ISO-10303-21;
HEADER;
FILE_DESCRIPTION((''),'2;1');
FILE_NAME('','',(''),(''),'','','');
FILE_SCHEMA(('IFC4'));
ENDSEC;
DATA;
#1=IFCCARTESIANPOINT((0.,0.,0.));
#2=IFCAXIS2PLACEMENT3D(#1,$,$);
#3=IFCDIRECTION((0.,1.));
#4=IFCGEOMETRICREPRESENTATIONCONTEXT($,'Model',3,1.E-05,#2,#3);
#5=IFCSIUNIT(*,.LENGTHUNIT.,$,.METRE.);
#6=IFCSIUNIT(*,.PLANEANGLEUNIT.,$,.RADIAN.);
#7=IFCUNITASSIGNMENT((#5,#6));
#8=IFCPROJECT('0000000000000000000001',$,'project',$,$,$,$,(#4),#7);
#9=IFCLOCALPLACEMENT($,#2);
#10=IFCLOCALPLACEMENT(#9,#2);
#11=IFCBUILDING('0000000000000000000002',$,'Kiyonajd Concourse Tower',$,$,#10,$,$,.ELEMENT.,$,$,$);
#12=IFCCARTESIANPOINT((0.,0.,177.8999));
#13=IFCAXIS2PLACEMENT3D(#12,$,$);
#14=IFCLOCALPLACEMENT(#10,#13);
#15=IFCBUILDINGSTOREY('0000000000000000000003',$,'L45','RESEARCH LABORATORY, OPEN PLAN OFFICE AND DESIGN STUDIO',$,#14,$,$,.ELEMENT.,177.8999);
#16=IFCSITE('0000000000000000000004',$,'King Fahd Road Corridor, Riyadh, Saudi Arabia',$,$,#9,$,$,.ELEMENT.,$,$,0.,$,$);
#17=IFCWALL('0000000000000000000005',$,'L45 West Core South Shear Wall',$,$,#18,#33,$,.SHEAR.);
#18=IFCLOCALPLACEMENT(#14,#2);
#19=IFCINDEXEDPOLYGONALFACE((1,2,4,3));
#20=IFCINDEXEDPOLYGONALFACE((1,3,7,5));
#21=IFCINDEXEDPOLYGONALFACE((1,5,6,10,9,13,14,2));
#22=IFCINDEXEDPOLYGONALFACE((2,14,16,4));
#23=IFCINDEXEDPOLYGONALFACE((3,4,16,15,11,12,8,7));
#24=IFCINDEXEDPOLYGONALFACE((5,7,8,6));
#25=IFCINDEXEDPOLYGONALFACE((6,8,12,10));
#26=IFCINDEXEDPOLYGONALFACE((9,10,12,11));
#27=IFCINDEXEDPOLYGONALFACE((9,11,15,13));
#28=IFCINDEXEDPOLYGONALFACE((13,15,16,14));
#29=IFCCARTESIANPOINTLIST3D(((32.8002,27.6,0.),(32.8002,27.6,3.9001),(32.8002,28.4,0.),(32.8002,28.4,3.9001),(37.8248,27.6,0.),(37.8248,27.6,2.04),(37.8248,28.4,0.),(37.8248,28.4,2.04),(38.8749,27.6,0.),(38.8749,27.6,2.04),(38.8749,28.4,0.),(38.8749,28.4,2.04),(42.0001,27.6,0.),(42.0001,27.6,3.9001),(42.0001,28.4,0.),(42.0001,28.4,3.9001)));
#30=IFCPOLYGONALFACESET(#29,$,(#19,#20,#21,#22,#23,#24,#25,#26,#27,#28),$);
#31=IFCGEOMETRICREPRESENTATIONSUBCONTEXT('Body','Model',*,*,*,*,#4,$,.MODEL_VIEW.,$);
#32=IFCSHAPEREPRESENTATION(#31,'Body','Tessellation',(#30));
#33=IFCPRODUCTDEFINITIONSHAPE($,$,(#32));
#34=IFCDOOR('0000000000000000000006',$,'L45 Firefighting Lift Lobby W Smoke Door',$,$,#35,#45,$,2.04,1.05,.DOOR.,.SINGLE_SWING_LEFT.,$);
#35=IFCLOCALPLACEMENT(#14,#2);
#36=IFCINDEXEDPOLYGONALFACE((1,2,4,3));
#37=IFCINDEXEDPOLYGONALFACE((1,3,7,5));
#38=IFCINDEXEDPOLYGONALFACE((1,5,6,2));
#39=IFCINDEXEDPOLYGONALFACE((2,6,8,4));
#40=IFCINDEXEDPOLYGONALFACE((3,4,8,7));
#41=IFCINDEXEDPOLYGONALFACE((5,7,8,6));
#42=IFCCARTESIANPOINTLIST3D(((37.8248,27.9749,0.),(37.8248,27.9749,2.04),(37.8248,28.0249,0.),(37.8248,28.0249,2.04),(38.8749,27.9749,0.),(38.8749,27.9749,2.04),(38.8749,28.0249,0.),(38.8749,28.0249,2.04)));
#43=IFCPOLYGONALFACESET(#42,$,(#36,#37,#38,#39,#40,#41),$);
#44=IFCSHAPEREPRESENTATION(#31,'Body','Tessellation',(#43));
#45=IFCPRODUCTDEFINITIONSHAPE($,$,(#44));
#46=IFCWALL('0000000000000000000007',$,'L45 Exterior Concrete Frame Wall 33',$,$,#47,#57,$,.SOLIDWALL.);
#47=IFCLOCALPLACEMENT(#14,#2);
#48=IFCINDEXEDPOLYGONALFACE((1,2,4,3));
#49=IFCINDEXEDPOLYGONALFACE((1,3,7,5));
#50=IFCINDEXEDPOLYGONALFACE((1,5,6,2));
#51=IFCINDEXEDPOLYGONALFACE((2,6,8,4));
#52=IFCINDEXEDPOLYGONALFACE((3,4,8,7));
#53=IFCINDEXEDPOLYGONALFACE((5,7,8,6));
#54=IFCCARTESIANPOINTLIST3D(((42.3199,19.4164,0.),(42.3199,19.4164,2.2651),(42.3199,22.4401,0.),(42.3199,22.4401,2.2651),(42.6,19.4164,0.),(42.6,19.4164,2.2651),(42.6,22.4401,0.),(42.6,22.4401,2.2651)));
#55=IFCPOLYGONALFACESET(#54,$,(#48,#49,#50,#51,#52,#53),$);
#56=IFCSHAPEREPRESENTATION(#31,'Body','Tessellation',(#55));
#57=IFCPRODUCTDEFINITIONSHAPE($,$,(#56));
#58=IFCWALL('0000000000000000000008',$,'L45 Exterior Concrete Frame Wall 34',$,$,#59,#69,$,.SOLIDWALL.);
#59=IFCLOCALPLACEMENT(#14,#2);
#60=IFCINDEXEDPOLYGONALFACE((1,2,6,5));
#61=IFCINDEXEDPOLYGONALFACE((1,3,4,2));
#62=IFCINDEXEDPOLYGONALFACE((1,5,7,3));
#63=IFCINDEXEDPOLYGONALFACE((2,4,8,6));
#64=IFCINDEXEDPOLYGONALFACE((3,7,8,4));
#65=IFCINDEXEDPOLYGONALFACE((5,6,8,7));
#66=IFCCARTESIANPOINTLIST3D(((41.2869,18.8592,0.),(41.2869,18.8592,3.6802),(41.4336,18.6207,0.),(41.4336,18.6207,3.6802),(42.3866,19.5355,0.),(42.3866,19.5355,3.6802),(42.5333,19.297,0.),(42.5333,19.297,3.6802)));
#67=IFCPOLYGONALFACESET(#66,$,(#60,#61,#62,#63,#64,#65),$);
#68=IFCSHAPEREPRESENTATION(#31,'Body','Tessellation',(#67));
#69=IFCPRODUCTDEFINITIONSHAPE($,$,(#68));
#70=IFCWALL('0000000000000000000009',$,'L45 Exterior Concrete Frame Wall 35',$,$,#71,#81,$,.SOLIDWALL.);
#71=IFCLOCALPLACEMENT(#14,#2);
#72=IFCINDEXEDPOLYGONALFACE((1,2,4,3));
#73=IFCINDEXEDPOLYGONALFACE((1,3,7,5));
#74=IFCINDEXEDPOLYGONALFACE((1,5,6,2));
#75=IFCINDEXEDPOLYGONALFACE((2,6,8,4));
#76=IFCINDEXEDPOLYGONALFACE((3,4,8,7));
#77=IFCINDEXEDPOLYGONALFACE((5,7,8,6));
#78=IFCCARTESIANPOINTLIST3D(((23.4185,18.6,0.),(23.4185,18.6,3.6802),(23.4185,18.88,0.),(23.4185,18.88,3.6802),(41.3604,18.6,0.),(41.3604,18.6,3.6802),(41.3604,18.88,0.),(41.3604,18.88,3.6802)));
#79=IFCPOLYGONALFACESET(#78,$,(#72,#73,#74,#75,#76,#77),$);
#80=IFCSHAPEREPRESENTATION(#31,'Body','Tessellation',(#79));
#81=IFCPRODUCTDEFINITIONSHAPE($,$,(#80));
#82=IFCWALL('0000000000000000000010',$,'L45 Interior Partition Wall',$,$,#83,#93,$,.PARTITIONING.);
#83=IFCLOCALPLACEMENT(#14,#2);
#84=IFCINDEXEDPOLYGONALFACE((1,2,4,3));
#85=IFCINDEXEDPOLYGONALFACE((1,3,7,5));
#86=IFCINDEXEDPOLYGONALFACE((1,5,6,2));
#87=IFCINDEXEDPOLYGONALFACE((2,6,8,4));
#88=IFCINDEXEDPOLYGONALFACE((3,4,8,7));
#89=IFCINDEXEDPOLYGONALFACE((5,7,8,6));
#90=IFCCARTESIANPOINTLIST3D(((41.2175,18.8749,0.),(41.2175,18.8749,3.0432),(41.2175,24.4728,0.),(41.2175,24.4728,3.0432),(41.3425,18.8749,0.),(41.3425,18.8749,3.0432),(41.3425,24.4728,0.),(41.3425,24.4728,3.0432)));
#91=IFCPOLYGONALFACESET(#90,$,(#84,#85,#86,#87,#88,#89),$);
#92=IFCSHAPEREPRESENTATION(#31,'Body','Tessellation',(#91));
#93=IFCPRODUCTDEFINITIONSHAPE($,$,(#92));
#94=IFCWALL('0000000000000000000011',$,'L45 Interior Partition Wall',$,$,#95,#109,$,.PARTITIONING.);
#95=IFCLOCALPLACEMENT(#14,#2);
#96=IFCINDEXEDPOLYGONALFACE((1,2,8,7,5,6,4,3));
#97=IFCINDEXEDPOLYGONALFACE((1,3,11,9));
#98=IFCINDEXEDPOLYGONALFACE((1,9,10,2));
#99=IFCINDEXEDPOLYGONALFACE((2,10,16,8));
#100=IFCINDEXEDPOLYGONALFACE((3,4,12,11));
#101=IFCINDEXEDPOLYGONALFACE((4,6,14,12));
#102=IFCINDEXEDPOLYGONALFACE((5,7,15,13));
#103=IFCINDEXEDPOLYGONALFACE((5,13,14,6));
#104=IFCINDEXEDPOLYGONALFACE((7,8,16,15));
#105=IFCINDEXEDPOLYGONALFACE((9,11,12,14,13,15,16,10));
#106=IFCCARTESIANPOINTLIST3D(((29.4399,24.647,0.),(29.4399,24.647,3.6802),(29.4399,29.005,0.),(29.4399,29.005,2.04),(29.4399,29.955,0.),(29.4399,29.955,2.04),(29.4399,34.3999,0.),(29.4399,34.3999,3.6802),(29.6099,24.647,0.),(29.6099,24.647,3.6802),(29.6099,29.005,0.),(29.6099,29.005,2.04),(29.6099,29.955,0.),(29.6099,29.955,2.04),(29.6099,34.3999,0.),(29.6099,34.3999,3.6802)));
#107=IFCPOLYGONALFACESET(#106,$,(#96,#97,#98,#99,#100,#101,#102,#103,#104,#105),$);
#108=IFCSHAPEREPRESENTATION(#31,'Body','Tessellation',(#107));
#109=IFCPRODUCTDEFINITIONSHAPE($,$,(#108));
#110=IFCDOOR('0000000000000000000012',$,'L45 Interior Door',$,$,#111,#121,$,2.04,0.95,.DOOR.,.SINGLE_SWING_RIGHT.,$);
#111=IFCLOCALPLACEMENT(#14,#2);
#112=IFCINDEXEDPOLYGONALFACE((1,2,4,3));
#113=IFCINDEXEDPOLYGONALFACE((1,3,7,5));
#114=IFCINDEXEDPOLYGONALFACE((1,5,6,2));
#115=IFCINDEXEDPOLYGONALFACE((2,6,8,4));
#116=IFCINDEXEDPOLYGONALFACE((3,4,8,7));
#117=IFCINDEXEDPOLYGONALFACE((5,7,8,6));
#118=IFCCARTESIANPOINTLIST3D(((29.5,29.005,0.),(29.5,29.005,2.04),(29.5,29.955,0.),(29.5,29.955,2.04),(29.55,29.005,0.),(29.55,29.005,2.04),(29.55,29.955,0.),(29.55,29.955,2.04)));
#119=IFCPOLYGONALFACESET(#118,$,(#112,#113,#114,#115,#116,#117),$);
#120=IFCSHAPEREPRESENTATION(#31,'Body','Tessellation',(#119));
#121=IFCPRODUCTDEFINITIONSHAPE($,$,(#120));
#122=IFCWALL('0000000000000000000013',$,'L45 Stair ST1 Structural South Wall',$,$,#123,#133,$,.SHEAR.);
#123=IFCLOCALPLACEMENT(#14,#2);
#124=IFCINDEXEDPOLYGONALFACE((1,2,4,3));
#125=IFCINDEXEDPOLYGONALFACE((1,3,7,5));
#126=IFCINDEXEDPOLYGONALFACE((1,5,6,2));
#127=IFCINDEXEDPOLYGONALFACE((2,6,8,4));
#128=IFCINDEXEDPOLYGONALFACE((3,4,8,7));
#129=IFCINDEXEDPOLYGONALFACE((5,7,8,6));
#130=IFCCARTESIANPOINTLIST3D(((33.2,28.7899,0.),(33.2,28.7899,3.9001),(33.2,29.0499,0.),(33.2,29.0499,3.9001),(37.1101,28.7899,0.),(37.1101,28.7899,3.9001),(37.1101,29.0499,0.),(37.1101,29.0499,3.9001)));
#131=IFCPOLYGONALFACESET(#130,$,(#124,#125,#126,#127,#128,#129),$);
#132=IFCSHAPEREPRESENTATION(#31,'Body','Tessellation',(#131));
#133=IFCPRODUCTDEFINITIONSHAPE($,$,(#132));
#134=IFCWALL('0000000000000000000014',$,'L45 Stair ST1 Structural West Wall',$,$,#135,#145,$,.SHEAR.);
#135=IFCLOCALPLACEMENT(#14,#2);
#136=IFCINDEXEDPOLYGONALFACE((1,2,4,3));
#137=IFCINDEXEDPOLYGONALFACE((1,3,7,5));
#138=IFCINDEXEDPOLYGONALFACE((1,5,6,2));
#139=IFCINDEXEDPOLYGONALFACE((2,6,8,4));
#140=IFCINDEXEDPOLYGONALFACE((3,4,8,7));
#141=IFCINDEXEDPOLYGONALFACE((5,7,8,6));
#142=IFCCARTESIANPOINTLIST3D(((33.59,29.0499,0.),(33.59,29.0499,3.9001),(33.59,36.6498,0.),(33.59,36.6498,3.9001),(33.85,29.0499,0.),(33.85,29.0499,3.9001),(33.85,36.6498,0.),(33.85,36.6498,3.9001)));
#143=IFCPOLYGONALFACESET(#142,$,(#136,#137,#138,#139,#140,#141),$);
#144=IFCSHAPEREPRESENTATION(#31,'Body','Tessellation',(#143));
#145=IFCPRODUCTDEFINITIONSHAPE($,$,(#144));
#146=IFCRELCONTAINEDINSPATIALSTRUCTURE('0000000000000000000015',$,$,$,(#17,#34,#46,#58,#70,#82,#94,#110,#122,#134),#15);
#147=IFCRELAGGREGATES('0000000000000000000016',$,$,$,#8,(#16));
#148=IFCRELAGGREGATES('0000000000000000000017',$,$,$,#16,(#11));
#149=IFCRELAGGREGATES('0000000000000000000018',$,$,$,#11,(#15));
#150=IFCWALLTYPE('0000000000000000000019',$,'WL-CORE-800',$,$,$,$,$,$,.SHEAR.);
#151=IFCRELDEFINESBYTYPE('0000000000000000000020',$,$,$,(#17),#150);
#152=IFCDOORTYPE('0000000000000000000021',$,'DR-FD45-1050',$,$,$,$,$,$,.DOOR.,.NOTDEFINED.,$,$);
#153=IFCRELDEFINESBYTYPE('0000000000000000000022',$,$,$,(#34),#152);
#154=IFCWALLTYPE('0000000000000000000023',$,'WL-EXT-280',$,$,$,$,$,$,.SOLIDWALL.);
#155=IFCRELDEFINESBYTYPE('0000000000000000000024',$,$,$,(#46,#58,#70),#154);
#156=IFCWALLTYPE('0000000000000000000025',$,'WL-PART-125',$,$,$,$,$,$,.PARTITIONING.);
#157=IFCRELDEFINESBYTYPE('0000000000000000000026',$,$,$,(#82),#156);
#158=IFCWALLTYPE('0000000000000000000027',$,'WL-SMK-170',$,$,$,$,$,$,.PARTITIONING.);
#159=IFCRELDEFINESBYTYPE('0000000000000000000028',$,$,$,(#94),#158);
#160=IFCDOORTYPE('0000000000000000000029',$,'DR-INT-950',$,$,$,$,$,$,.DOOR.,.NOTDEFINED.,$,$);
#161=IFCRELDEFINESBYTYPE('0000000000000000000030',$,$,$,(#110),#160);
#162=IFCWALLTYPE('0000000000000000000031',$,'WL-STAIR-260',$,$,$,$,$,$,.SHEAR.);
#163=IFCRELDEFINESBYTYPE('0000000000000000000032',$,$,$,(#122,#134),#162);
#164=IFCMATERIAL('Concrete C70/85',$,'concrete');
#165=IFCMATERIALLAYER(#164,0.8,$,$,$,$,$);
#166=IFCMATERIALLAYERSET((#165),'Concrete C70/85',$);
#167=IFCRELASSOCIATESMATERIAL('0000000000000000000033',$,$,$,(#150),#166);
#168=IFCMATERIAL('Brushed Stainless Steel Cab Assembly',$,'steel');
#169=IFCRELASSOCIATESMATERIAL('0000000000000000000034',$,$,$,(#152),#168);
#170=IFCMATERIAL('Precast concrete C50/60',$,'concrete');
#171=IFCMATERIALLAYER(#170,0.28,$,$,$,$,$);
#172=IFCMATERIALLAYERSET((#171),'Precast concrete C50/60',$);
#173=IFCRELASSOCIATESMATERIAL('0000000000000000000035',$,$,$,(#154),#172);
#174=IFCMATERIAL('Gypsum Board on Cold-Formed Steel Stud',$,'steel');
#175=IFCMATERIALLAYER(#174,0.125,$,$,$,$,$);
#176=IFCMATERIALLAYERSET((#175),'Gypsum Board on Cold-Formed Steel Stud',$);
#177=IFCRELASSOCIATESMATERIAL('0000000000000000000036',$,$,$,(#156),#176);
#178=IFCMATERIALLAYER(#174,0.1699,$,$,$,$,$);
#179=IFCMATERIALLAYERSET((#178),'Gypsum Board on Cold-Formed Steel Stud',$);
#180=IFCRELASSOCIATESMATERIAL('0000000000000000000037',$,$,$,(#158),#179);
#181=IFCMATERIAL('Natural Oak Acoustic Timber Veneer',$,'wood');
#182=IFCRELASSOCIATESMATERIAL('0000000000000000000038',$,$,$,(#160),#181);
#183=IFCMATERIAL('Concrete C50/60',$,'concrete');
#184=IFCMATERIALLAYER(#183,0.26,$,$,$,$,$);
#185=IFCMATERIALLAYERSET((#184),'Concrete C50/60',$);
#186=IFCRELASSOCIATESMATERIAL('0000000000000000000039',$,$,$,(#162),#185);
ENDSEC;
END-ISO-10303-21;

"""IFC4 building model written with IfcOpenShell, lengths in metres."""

from ifc_helpers import new_model, si_unit, direction, frame, frame_2d, origin, place, context, subcontext, project, spatial, rectangle, extrude, material, layer, layer_set, type_object, element, fill, save


model = new_model("IFC4")

# Units and contexts
model_context = context("Model", 3, precision=1e-05, world=origin(), true_north=direction((0.0, 1.0)))
body_context = subcontext(model_context, "Body", "Model", "MODEL_VIEW")
ifc_project = project(units=[si_unit("LENGTHUNIT", "METRE"), si_unit("PLANEANGLEUNIT", "RADIAN")], contexts=[model_context])

# Site, building, storey
site_placement = place(None, origin())
site = spatial("IfcSite", under=ifc_project, at=site_placement, Name="King Fahd Road Corridor, Riyadh, Saudi Arabia", CompositionType="ELEMENT", RefElevation=0.0)
building_placement = place(site_placement, origin())
building = spatial("IfcBuilding", under=site, at=building_placement, Name="Kiyonajd Concourse Tower", CompositionType="ELEMENT")
storey_placement = place(building_placement, frame((0.0, 0.0, 177.8999)))
storey = spatial("IfcBuildingStorey", under=building, at=storey_placement, Name="L45", Description="RESEARCH LABORATORY, OPEN PLAN OFFICE AND DESIGN STUDIO", CompositionType="ELEMENT", Elevation=177.8999)

# Shared definitions
ifc_material_1 = material(Name="Concrete C70/85", Category="concrete")

# Shared definitions
ifc_layer_1 = layer(ifc_material_1, 0.8)
ifc_layer_set_1 = layer_set([ifc_layer_1], Name="Concrete C70/85")
wall_type_1 = type_object("IfcWallType", Name="WL-CORE-800", PredefinedType="SHEAR", material=ifc_layer_set_1)

# Wall, opening, door
wall_1_placement = place(storey_placement, frame((32.8, 28.0, 0.0), z_axis=(0.0, 0.0, 1.0), x_axis=(1.0, 0.0, 0.0)))
wall_1 = element("IfcWall", 1, at=wall_1_placement, inside=storey, type_object=wall_type_1, Name="L45 West Core South Shear Wall", PredefinedType="SHEAR", context=body_context, shape_type="SweptSolid", body=[
    extrude(rectangle(XDim=9.2, YDim=0.8, at=frame_2d((4.6001, 0.0))), origin(), (0.0, 0.0, 1.0), 3.9001),
])
opening_1_placement = place(wall_1_placement, frame((5.0249, 0.0, 0.0)))
opening_1 = element("IfcOpeningElement", 2, at=opening_1_placement, cuts=wall_1, PredefinedType="OPENING", context=body_context, shape_type="SweptSolid", body=[
    extrude(rectangle(XDim=1.05, YDim=2.04, at=frame_2d((0.5249, 1.02))), frame((0.0, 0.4099, 0.0), z_axis=(0.0, -1.0, 0.0), x_axis=(1.0, 0.0, 0.0)), (0.0, 0.0, 1.0), 0.8201),
])
ifc_material_2 = material(Name="Brushed Stainless Steel Cab Assembly", Category="steel")
door_type_1 = type_object("IfcDoorType", Name="DR-FD45-1050", OperationType="NOTDEFINED", PredefinedType="DOOR", material=ifc_material_2)
door_1_placement = place(opening_1_placement, origin())
door_1 = element("IfcDoor", 3, at=door_1_placement, inside=storey, type_object=door_type_1, Name="L45 Firefighting Lift Lobby W Smoke Door", OperationType="SINGLE_SWING_LEFT", OverallHeight=2.04, OverallWidth=1.05, PredefinedType="DOOR", context=body_context, shape_type="SweptSolid", body=[
    extrude(rectangle(XDim=1.05, YDim=2.04, at=frame_2d((0.5249, 1.02))), frame((0.0, 0.0249, 0.0), z_axis=(0.0, -1.0, 0.0), x_axis=(1.0, 0.0, 0.0)), (0.0, 0.0, 1.0), 0.05),
])
fill(opening_1, door_1)

# Walls
ifc_material_3 = material(Name="Precast concrete C50/60", Category="concrete")
ifc_layer_2 = layer(ifc_material_3, 0.28)
ifc_layer_set_2 = layer_set([ifc_layer_2], Name="Precast concrete C50/60")
wall_type_2 = type_object("IfcWallType", Name="WL-EXT-280", PredefinedType="SOLIDWALL", material=ifc_layer_set_2)
wall_2_placement = place(storey_placement, frame((42.46, 22.4399, 0.0), z_axis=(0.0, 0.0, 1.0), x_axis=(0.0, -1.0, 0.0)))
element("IfcWall", 4, at=wall_2_placement, inside=storey, type_object=wall_type_2, Name="L45 Exterior Concrete Frame Wall 33", PredefinedType="SOLIDWALL", context=body_context, shape_type="SweptSolid", body=[
    extrude(rectangle(XDim=3.0237, YDim=0.28, at=frame_2d((1.5117, 0.0))), origin(), (0.0, 0.0, 1.0), 2.2651),
])
wall_3_placement = place(storey_placement, frame((42.46, 19.4163, 0.0), z_axis=(0.0, 0.0, 1.0), x_axis=(-0.851801, -0.523865, 0.0)))
element("IfcWall", 5, at=wall_3_placement, inside=storey, type_object=wall_type_2, Name="L45 Exterior Concrete Frame Wall 34", PredefinedType="SOLIDWALL", context=body_context, shape_type="SweptSolid", body=[
    extrude(rectangle(XDim=1.291, YDim=0.28, at=frame_2d((0.6455, 0.0))), origin(), (0.0, 0.0, 1.0), 3.6802),
])
wall_4_placement = place(storey_placement, frame((41.3604, 18.74, 0.0), z_axis=(0.0, 0.0, 1.0), x_axis=(-1.0, 0.0, 0.0)))
element("IfcWall", 6, at=wall_4_placement, inside=storey, type_object=wall_type_2, Name="L45 Exterior Concrete Frame Wall 35", PredefinedType="SOLIDWALL", context=body_context, shape_type="SweptSolid", body=[
    extrude(rectangle(XDim=17.9419, YDim=0.28, at=frame_2d((8.9709, 0.0))), origin(), (0.0, 0.0, 1.0), 3.6802),
])
ifc_material_4 = material(Name="Gypsum Board on Cold-Formed Steel Stud", Category="steel")
ifc_layer_3 = layer(ifc_material_4, 0.125)
ifc_layer_set_3 = layer_set([ifc_layer_3], Name="Gypsum Board on Cold-Formed Steel Stud")
wall_type_3 = type_object("IfcWallType", Name="WL-PART-125", PredefinedType="PARTITIONING", material=ifc_layer_set_3)
wall_5_placement = place(storey_placement, frame((41.28, 18.875, 0.0), z_axis=(0.0, 0.0, 1.0), x_axis=(0.0, 1.0, 0.0)))
element("IfcWall", 7, at=wall_5_placement, inside=storey, type_object=wall_type_3, Name="L45 Interior Partition Wall", PredefinedType="PARTITIONING", context=body_context, shape_type="SweptSolid", body=[
    extrude(rectangle(XDim=5.5979, YDim=0.125, at=frame_2d((2.7988, 0.0))), origin(), (0.0, 0.0, 1.0), 3.0432),
])

# Wall, opening, door
ifc_layer_4 = layer(ifc_material_4, 0.1699)
ifc_layer_set_4 = layer_set([ifc_layer_4], Name="Gypsum Board on Cold-Formed Steel Stud")
wall_type_4 = type_object("IfcWallType", Name="WL-SMK-170", PredefinedType="PARTITIONING", material=ifc_layer_set_4)
wall_6_placement = place(storey_placement, frame((29.5249, 24.647, 0.0), z_axis=(0.0, 0.0, 1.0), x_axis=(0.0, 1.0, 0.0)))
wall_6 = element("IfcWall", 8, at=wall_6_placement, inside=storey, type_object=wall_type_4, Name="L45 Interior Partition Wall", PredefinedType="PARTITIONING", context=body_context, shape_type="SweptSolid", body=[
    extrude(rectangle(XDim=9.7529, YDim=0.1699, at=frame_2d((4.8765, 0.0))), origin(), (0.0, 0.0, 1.0), 3.6802),
])
opening_2_placement = place(wall_6_placement, frame((4.3579, 0.0, 0.0)))
opening_2 = element("IfcOpeningElement", 9, at=opening_2_placement, cuts=wall_6, PredefinedType="OPENING", context=body_context, shape_type="SweptSolid", body=[
    extrude(rectangle(XDim=0.95, YDim=2.04, at=frame_2d((0.4751, 1.02))), frame((0.0, 0.095, 0.0), z_axis=(0.0, -1.0, 0.0), x_axis=(1.0, 0.0, 0.0)), (0.0, 0.0, 1.0), 0.1899),
])
ifc_material_5 = material(Name="Natural Oak Acoustic Timber Veneer", Category="wood")
door_type_2 = type_object("IfcDoorType", Name="DR-INT-950", OperationType="NOTDEFINED", PredefinedType="DOOR", material=ifc_material_5)
door_2_placement = place(opening_2_placement, origin())
door_2 = element("IfcDoor", 10, at=door_2_placement, inside=storey, type_object=door_type_2, Name="L45 Interior Door", OperationType="SINGLE_SWING_RIGHT", OverallHeight=2.04, OverallWidth=0.95, PredefinedType="DOOR", context=body_context, shape_type="SweptSolid", body=[
    extrude(rectangle(XDim=0.95, YDim=2.04, at=frame_2d((0.4751, 1.02))), frame((0.0, 0.0249, 0.0), z_axis=(0.0, -1.0, 0.0), x_axis=(1.0, 0.0, 0.0)), (0.0, 0.0, 1.0), 0.05),
])
fill(opening_2, door_2)

# Walls
ifc_material_6 = material(Name="Concrete C50/60", Category="concrete")
ifc_layer_5 = layer(ifc_material_6, 0.26)
ifc_layer_set_5 = layer_set([ifc_layer_5], Name="Concrete C50/60")
wall_type_5 = type_object("IfcWallType", Name="WL-STAIR-260", PredefinedType="SHEAR", material=ifc_layer_set_5)
wall_7_placement = place(storey_placement, frame((33.2, 28.9199, 0.0), z_axis=(0.0, 0.0, 1.0), x_axis=(1.0, 0.0, 0.0)))
element("IfcWall", 11, at=wall_7_placement, inside=storey, type_object=wall_type_5, Name="L45 Stair ST1 Structural South Wall", PredefinedType="SHEAR", context=body_context, shape_type="SweptSolid", body=[
    extrude(rectangle(XDim=3.9102, YDim=0.26, at=frame_2d((1.9551, 0.0))), origin(), (0.0, 0.0, 1.0), 3.9001),
])
wall_8_placement = place(storey_placement, frame((33.72, 29.05, 0.0), z_axis=(0.0, 0.0, 1.0), x_axis=(0.0, 1.0, 0.0)))
element("IfcWall", 12, at=wall_8_placement, inside=storey, type_object=wall_type_5, Name="L45 Stair ST1 Structural West Wall", PredefinedType="SHEAR", context=body_context, shape_type="SweptSolid", body=[
    extrude(rectangle(XDim=7.5999, YDim=0.26, at=frame_2d((3.7998, 0.0))), origin(), (0.0, 0.0, 1.0), 3.9001),
])

save(model, "model.ifc")
